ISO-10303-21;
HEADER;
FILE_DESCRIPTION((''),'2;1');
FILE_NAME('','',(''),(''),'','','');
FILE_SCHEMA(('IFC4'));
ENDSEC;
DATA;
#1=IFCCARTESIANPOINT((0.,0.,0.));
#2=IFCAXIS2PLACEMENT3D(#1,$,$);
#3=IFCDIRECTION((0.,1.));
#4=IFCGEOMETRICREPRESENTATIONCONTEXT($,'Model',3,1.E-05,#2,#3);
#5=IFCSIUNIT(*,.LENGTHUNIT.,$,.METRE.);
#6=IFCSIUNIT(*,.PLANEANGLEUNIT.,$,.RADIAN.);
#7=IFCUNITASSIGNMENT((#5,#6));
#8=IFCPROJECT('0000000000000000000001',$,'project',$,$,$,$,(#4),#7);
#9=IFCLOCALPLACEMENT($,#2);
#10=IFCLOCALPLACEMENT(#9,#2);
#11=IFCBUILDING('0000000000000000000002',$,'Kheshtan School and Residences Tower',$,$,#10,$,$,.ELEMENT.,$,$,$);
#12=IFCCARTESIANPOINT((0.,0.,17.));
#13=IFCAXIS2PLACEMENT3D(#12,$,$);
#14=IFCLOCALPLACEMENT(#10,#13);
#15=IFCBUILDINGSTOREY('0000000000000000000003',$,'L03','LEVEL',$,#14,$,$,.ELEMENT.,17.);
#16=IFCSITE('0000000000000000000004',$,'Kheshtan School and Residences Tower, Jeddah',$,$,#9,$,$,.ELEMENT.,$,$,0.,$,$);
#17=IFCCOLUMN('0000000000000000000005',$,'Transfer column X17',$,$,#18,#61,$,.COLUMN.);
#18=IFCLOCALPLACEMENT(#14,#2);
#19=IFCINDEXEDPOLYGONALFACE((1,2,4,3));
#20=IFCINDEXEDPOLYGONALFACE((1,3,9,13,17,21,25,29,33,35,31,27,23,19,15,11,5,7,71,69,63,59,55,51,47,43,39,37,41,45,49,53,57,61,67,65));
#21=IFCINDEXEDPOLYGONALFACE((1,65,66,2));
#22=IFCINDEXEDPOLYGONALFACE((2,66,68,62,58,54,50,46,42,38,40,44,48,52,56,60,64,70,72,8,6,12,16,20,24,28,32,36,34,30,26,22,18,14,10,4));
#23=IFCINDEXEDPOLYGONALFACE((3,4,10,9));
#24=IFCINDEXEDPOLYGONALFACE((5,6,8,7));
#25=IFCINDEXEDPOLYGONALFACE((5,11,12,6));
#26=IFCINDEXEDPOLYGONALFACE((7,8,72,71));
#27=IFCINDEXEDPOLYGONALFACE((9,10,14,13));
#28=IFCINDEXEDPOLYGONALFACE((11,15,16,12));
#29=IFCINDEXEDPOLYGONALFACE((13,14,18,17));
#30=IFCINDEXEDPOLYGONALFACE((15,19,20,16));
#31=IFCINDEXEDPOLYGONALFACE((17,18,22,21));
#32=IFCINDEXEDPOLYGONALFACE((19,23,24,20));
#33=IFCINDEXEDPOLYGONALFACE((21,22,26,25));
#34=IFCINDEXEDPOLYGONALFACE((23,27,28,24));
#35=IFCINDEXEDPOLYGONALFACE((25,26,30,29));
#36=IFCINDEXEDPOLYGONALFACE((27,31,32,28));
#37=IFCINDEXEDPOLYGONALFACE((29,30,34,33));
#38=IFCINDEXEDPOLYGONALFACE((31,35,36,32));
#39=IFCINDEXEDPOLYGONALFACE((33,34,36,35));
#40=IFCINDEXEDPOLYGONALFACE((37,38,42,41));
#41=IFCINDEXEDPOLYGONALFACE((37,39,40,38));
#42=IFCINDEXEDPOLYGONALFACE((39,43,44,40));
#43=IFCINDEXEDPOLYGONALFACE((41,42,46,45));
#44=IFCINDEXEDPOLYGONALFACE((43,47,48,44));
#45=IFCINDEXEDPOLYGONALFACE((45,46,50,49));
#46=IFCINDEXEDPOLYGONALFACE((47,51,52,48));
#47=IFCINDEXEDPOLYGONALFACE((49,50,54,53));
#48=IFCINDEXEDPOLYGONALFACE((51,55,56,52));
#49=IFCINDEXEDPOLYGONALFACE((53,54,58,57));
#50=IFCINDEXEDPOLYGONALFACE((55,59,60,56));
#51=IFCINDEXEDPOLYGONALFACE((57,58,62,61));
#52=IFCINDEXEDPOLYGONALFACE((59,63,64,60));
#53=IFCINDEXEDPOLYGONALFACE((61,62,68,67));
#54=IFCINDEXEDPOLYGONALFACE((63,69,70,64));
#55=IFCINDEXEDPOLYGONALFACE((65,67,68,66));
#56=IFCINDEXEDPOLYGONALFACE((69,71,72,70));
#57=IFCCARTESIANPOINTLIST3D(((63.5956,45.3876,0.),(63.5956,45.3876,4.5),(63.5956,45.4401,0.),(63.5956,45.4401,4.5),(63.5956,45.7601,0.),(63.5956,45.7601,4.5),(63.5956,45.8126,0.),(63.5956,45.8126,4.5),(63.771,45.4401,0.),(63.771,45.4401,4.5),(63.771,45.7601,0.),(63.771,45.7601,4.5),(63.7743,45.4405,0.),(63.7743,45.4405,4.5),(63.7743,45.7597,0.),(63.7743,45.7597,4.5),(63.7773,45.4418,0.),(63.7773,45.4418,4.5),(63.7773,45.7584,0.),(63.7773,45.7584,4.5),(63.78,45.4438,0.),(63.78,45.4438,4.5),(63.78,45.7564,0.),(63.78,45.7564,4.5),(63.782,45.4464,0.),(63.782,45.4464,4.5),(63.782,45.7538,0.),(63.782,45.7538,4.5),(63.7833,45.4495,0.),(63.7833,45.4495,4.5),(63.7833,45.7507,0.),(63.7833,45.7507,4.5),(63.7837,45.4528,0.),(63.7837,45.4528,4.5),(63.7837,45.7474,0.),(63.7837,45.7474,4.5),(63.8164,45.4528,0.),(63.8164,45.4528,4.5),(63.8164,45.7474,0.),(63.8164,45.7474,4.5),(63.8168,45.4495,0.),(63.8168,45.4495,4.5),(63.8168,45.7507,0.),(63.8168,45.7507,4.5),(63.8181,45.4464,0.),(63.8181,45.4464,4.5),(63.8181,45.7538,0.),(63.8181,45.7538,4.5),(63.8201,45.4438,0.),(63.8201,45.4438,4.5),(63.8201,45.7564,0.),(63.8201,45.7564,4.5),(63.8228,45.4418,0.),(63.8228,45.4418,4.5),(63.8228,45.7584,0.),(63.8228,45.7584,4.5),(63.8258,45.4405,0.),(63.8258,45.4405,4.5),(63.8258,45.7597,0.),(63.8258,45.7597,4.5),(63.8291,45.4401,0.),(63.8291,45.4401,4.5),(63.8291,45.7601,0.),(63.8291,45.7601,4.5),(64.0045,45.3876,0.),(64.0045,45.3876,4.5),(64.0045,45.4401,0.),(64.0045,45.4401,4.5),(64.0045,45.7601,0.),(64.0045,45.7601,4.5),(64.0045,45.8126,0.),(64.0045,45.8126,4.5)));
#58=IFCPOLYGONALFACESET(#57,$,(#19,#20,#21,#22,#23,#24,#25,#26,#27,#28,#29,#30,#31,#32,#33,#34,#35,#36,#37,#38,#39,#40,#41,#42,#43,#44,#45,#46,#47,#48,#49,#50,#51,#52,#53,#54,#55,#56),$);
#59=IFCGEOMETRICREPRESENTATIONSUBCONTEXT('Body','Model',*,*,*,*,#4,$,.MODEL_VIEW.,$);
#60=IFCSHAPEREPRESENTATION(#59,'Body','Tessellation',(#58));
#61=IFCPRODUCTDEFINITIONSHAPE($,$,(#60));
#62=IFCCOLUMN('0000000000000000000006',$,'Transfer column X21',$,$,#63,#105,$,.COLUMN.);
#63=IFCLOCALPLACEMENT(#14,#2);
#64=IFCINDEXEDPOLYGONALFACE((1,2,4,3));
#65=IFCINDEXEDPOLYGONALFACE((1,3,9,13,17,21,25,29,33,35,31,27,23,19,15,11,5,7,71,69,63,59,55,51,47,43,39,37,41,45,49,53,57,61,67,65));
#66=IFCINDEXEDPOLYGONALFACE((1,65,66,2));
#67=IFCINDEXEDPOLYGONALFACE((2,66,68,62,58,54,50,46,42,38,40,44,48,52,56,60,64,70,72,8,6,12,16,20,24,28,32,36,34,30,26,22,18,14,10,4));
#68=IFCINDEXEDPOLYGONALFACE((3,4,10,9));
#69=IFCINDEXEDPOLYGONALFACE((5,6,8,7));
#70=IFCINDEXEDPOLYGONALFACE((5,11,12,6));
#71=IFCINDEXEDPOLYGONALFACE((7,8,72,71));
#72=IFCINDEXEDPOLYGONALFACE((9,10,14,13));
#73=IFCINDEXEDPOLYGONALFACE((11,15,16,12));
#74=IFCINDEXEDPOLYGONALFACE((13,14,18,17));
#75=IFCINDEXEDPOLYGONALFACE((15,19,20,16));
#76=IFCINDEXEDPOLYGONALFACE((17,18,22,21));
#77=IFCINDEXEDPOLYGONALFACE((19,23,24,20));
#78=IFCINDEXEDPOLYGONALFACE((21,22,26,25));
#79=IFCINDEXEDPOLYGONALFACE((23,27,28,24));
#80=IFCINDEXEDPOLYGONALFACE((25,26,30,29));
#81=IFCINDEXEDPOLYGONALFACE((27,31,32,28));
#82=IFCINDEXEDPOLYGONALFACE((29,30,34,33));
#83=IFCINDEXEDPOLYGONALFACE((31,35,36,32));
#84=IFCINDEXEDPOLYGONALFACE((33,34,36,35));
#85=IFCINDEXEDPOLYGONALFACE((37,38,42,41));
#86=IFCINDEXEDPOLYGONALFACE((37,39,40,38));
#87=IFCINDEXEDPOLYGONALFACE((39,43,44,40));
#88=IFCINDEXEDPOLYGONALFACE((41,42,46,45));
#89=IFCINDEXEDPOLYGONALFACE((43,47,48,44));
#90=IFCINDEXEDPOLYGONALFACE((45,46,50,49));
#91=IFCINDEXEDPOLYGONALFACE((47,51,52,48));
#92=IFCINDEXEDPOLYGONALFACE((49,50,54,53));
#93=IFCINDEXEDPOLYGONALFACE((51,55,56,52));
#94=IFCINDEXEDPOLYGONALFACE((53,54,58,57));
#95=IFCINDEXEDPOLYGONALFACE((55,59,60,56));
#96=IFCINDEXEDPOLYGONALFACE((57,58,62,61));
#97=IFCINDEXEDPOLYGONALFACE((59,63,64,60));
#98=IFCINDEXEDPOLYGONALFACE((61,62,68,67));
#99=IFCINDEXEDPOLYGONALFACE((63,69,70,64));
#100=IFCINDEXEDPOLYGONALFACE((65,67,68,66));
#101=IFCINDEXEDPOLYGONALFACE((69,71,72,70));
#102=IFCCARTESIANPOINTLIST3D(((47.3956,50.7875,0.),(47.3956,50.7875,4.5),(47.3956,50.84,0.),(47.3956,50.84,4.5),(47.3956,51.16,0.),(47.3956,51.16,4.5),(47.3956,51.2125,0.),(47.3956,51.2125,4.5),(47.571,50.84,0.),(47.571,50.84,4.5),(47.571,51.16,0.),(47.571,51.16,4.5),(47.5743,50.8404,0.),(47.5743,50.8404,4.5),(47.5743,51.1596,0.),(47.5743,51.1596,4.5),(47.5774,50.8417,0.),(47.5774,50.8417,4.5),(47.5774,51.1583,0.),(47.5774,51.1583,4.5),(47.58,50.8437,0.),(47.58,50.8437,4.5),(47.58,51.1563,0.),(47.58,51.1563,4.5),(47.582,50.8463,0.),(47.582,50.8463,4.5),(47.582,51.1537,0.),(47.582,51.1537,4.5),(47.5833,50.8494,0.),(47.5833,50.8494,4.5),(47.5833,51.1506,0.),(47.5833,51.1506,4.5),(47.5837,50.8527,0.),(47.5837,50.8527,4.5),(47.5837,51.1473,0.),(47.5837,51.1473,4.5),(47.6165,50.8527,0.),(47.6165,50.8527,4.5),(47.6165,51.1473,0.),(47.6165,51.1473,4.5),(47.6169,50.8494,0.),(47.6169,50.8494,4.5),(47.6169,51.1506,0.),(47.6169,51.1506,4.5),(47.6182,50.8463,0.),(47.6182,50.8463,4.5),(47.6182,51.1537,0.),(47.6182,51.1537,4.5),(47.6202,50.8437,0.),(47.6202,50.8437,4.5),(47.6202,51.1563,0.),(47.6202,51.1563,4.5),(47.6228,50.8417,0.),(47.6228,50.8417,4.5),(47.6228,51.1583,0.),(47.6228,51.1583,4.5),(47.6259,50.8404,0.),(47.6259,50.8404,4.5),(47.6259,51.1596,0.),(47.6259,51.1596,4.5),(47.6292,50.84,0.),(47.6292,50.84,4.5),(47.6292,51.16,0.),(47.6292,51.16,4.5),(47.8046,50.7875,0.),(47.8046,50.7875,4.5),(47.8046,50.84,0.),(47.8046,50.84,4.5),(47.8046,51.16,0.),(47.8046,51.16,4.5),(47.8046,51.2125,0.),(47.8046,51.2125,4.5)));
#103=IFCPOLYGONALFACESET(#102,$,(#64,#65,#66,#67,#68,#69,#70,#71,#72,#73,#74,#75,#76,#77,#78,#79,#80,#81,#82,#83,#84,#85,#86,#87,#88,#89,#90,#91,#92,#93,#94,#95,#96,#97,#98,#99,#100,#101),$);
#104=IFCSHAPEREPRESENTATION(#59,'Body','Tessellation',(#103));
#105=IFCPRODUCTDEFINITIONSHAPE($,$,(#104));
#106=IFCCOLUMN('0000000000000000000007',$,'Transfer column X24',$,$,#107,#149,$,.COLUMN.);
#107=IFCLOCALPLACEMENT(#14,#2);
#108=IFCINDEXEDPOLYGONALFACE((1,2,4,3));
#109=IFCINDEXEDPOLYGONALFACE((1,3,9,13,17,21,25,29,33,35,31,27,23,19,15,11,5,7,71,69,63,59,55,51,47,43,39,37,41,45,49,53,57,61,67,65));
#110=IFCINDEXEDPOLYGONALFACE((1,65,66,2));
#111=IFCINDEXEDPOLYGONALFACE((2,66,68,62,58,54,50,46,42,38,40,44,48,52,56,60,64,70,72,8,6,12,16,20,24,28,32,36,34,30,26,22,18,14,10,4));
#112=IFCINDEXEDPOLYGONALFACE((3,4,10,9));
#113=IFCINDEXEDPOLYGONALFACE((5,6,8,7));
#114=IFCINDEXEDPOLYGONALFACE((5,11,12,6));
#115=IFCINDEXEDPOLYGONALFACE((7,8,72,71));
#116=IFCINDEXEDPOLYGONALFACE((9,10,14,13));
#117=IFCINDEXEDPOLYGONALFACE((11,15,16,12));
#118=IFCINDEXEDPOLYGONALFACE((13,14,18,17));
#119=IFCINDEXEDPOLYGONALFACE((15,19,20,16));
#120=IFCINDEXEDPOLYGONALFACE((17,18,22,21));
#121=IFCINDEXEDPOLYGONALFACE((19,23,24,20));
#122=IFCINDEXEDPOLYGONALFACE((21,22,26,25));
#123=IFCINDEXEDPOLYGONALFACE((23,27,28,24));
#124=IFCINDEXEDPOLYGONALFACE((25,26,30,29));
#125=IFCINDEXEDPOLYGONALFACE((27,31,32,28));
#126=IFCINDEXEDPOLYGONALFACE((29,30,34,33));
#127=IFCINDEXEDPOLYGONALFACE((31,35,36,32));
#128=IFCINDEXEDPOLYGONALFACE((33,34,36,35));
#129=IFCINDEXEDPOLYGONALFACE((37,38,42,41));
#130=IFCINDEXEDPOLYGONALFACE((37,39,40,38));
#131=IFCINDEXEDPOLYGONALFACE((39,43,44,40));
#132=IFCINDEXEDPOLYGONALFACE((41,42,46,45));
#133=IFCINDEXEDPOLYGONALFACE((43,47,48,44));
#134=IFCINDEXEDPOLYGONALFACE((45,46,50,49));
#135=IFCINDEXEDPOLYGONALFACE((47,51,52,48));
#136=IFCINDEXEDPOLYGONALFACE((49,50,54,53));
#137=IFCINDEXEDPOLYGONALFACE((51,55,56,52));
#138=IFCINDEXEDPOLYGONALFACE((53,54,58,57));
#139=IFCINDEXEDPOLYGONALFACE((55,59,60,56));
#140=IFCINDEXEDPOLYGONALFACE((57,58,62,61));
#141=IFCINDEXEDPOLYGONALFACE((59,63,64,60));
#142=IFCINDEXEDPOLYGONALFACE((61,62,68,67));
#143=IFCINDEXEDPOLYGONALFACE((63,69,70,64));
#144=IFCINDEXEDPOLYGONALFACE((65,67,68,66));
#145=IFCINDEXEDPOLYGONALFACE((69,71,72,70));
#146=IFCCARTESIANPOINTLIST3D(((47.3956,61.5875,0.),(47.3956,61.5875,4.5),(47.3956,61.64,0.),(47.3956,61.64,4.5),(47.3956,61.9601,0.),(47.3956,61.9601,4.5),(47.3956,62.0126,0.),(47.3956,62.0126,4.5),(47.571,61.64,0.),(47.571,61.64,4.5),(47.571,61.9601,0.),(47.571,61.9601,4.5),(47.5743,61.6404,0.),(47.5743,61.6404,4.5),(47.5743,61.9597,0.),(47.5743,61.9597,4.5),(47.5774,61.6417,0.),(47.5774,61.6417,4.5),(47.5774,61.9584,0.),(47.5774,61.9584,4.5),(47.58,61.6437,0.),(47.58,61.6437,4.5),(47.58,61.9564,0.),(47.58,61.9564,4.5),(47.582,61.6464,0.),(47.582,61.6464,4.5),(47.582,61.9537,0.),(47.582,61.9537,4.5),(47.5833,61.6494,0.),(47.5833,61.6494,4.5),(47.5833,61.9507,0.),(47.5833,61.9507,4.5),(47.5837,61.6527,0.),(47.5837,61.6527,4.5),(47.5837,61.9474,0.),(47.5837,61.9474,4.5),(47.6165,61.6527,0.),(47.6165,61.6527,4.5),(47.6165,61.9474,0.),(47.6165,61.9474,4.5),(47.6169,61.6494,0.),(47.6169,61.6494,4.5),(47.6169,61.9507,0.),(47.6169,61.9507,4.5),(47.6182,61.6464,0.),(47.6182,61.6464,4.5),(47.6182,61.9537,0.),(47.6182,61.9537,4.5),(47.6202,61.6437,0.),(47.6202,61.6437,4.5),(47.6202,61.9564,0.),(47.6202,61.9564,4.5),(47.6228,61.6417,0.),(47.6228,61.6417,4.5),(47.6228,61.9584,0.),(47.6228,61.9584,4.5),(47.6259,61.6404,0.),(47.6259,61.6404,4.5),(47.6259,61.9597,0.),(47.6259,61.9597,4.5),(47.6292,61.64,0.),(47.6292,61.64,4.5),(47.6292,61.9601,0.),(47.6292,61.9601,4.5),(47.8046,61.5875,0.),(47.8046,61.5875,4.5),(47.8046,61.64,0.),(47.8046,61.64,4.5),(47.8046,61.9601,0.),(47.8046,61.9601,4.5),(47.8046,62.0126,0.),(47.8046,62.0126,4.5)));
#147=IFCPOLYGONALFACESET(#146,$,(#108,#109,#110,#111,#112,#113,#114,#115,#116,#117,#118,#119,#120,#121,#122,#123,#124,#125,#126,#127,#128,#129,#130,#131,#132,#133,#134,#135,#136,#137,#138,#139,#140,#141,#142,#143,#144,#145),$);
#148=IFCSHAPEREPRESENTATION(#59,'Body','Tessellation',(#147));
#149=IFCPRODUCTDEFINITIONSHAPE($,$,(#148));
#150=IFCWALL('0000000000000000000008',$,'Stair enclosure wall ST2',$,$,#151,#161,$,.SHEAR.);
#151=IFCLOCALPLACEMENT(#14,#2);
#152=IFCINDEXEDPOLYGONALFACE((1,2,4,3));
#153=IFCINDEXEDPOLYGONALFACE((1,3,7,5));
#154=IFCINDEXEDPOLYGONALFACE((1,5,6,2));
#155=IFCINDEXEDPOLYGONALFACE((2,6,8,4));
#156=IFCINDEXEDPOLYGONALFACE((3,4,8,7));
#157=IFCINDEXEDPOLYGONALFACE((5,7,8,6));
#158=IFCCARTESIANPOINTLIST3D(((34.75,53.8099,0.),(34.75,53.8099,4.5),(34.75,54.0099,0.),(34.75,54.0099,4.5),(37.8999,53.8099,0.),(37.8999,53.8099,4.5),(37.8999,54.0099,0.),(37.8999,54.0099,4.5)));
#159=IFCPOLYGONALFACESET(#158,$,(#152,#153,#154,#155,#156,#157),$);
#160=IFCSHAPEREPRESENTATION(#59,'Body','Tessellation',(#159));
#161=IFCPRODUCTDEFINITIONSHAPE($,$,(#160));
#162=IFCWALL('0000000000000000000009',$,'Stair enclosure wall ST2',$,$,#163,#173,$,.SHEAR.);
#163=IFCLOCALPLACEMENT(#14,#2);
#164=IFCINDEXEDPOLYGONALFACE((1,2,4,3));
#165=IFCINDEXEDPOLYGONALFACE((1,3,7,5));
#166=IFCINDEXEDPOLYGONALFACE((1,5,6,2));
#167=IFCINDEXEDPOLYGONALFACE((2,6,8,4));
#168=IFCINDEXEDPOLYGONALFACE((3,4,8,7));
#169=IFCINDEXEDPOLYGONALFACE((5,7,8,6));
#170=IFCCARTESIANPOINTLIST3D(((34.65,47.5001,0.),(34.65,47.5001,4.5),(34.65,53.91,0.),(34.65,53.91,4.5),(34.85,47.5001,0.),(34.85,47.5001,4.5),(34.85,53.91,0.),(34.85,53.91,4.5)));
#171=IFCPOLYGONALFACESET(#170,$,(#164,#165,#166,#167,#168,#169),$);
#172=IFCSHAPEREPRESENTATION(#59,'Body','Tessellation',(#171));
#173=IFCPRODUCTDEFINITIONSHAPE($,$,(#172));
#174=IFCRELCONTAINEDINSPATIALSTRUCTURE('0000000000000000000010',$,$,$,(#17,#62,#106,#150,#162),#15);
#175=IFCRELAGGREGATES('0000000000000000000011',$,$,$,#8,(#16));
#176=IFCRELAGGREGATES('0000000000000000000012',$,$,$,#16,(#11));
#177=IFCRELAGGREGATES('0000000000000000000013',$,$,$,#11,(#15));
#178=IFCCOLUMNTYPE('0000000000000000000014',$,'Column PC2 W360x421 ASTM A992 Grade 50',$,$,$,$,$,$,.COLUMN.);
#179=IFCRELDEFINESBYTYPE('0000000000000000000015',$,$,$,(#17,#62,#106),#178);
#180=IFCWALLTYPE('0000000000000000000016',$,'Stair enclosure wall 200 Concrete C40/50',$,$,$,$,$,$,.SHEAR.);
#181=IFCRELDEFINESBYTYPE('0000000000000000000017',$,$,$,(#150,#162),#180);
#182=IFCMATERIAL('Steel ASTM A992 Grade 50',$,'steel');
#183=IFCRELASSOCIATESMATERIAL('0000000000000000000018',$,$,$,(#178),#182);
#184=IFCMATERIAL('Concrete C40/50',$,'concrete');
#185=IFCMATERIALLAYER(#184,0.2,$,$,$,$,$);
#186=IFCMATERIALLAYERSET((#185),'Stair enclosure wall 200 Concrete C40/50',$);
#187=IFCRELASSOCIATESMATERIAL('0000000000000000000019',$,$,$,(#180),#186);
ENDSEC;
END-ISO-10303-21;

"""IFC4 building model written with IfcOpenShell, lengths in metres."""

from ifc_helpers import new_model, si_unit, direction, frame, frame_2d, origin, origin_2d, place, context, subcontext, project, spatial, rectangle, i_section, extrude, material, layer, layer_set, material_profile, profile_set, type_object, element, save


model = new_model("IFC4")

# Units and contexts
model_context = context("Model", 3, precision=1e-05, world=origin(), true_north=direction((0.0, 1.0)))
body_context = subcontext(model_context, "Body", "Model", "MODEL_VIEW")
ifc_project = project(units=[si_unit("LENGTHUNIT", "METRE"), si_unit("PLANEANGLEUNIT", "RADIAN")], contexts=[model_context])

# Site, building, storey
site_placement = place(None, origin())
site = spatial("IfcSite", under=ifc_project, at=site_placement, Name="Kheshtan School and Residences Tower, Jeddah", CompositionType="ELEMENT", RefElevation=0.0)
building_placement = place(site_placement, origin())
building = spatial("IfcBuilding", under=site, at=building_placement, Name="Kheshtan School and Residences Tower", CompositionType="ELEMENT")
storey_placement = place(building_placement, frame((0.0, 0.0, 17.0)))
storey = spatial("IfcBuildingStorey", under=building, at=storey_placement, Name="L03", Description="LEVEL", CompositionType="ELEMENT", Elevation=17.0)

# Columns
ifc_material_1 = material(Name="Steel ASTM A992 Grade 50", Category="steel")
ifc_material_profile = material_profile(ifc_material_1, i_section(OverallWidth=0.4089, OverallDepth=0.425, WebThickness=0.0327, FlangeThickness=0.0525, FilletRadius=0.0127, at=origin_2d()), Name="W360x421")
ifc_profile_set = profile_set([ifc_material_profile], Name="Steel ASTM A992 Grade 50")
column_type = type_object("IfcColumnType", Name="Column PC2 W360x421 ASTM A992 Grade 50", PredefinedType="COLUMN", material=ifc_profile_set)
for number, where, z_axis, x_axis, name in (
    (1, (63.8, 45.6001, 0.0), (0.0, 0.0, 1.0), (1.0, 0.0, 0.0), "Transfer column X17"),
    (2, (47.6001, 51.0, 0.0), (0.0, 0.0, 1.0), (1.0, 0.0, 0.0), "Transfer column X21"),
    (3, (47.6001, 61.8, 0.0), (0.0, 0.0, 1.0), (1.0, 0.0, 0.0), "Transfer column X24"),
):
    element("IfcColumn", number, at=place(storey_placement, frame(where, z_axis=z_axis, x_axis=x_axis)), inside=storey, type_object=column_type, Name=name, PredefinedType="COLUMN", context=body_context, shape_type="SweptSolid", body=[
        extrude(i_section(OverallWidth=0.4089, OverallDepth=0.425, WebThickness=0.0327, FlangeThickness=0.0525, FilletRadius=0.0127, at=origin_2d()), origin(), (0.0, 0.0, 1.0), 4.5),
    ])

# Walls
ifc_material_2 = material(Name="Concrete C40/50", Category="concrete")
ifc_layer_1 = layer(ifc_material_2, 0.2)
ifc_layer_set_1 = layer_set([ifc_layer_1], Name="Stair enclosure wall 200 Concrete C40/50")
wall_type = type_object("IfcWallType", Name="Stair enclosure wall 200 Concrete C40/50", PredefinedType="SHEAR", material=ifc_layer_set_1)
wall_1_placement = place(storey_placement, frame((34.75, 53.9099, 0.0), z_axis=(0.0, 0.0, 1.0), x_axis=(1.0, 0.0, 0.0)))
element("IfcWall", 4, at=wall_1_placement, inside=storey, type_object=wall_type, Name="Stair enclosure wall ST2", PredefinedType="SHEAR", context=body_context, shape_type="SweptSolid", body=[
    extrude(rectangle(XDim=3.1499, YDim=0.2, at=frame_2d((1.575, 0.0))), origin(), (0.0, 0.0, 1.0), 4.5),
])
wall_2_placement = place(storey_placement, frame((34.75, 47.5, 0.0), z_axis=(0.0, 0.0, 1.0), x_axis=(0.0, 1.0, 0.0)))
element("IfcWall", 5, at=wall_2_placement, inside=storey, type_object=wall_type, Name="Stair enclosure wall ST2", PredefinedType="SHEAR", context=body_context, shape_type="SweptSolid", body=[
    extrude(rectangle(XDim=6.4099, YDim=0.2, at=frame_2d((3.2051, 0.0))), origin(), (0.0, 0.0, 1.0), 4.5),
])

save(model, "model.ifc")
